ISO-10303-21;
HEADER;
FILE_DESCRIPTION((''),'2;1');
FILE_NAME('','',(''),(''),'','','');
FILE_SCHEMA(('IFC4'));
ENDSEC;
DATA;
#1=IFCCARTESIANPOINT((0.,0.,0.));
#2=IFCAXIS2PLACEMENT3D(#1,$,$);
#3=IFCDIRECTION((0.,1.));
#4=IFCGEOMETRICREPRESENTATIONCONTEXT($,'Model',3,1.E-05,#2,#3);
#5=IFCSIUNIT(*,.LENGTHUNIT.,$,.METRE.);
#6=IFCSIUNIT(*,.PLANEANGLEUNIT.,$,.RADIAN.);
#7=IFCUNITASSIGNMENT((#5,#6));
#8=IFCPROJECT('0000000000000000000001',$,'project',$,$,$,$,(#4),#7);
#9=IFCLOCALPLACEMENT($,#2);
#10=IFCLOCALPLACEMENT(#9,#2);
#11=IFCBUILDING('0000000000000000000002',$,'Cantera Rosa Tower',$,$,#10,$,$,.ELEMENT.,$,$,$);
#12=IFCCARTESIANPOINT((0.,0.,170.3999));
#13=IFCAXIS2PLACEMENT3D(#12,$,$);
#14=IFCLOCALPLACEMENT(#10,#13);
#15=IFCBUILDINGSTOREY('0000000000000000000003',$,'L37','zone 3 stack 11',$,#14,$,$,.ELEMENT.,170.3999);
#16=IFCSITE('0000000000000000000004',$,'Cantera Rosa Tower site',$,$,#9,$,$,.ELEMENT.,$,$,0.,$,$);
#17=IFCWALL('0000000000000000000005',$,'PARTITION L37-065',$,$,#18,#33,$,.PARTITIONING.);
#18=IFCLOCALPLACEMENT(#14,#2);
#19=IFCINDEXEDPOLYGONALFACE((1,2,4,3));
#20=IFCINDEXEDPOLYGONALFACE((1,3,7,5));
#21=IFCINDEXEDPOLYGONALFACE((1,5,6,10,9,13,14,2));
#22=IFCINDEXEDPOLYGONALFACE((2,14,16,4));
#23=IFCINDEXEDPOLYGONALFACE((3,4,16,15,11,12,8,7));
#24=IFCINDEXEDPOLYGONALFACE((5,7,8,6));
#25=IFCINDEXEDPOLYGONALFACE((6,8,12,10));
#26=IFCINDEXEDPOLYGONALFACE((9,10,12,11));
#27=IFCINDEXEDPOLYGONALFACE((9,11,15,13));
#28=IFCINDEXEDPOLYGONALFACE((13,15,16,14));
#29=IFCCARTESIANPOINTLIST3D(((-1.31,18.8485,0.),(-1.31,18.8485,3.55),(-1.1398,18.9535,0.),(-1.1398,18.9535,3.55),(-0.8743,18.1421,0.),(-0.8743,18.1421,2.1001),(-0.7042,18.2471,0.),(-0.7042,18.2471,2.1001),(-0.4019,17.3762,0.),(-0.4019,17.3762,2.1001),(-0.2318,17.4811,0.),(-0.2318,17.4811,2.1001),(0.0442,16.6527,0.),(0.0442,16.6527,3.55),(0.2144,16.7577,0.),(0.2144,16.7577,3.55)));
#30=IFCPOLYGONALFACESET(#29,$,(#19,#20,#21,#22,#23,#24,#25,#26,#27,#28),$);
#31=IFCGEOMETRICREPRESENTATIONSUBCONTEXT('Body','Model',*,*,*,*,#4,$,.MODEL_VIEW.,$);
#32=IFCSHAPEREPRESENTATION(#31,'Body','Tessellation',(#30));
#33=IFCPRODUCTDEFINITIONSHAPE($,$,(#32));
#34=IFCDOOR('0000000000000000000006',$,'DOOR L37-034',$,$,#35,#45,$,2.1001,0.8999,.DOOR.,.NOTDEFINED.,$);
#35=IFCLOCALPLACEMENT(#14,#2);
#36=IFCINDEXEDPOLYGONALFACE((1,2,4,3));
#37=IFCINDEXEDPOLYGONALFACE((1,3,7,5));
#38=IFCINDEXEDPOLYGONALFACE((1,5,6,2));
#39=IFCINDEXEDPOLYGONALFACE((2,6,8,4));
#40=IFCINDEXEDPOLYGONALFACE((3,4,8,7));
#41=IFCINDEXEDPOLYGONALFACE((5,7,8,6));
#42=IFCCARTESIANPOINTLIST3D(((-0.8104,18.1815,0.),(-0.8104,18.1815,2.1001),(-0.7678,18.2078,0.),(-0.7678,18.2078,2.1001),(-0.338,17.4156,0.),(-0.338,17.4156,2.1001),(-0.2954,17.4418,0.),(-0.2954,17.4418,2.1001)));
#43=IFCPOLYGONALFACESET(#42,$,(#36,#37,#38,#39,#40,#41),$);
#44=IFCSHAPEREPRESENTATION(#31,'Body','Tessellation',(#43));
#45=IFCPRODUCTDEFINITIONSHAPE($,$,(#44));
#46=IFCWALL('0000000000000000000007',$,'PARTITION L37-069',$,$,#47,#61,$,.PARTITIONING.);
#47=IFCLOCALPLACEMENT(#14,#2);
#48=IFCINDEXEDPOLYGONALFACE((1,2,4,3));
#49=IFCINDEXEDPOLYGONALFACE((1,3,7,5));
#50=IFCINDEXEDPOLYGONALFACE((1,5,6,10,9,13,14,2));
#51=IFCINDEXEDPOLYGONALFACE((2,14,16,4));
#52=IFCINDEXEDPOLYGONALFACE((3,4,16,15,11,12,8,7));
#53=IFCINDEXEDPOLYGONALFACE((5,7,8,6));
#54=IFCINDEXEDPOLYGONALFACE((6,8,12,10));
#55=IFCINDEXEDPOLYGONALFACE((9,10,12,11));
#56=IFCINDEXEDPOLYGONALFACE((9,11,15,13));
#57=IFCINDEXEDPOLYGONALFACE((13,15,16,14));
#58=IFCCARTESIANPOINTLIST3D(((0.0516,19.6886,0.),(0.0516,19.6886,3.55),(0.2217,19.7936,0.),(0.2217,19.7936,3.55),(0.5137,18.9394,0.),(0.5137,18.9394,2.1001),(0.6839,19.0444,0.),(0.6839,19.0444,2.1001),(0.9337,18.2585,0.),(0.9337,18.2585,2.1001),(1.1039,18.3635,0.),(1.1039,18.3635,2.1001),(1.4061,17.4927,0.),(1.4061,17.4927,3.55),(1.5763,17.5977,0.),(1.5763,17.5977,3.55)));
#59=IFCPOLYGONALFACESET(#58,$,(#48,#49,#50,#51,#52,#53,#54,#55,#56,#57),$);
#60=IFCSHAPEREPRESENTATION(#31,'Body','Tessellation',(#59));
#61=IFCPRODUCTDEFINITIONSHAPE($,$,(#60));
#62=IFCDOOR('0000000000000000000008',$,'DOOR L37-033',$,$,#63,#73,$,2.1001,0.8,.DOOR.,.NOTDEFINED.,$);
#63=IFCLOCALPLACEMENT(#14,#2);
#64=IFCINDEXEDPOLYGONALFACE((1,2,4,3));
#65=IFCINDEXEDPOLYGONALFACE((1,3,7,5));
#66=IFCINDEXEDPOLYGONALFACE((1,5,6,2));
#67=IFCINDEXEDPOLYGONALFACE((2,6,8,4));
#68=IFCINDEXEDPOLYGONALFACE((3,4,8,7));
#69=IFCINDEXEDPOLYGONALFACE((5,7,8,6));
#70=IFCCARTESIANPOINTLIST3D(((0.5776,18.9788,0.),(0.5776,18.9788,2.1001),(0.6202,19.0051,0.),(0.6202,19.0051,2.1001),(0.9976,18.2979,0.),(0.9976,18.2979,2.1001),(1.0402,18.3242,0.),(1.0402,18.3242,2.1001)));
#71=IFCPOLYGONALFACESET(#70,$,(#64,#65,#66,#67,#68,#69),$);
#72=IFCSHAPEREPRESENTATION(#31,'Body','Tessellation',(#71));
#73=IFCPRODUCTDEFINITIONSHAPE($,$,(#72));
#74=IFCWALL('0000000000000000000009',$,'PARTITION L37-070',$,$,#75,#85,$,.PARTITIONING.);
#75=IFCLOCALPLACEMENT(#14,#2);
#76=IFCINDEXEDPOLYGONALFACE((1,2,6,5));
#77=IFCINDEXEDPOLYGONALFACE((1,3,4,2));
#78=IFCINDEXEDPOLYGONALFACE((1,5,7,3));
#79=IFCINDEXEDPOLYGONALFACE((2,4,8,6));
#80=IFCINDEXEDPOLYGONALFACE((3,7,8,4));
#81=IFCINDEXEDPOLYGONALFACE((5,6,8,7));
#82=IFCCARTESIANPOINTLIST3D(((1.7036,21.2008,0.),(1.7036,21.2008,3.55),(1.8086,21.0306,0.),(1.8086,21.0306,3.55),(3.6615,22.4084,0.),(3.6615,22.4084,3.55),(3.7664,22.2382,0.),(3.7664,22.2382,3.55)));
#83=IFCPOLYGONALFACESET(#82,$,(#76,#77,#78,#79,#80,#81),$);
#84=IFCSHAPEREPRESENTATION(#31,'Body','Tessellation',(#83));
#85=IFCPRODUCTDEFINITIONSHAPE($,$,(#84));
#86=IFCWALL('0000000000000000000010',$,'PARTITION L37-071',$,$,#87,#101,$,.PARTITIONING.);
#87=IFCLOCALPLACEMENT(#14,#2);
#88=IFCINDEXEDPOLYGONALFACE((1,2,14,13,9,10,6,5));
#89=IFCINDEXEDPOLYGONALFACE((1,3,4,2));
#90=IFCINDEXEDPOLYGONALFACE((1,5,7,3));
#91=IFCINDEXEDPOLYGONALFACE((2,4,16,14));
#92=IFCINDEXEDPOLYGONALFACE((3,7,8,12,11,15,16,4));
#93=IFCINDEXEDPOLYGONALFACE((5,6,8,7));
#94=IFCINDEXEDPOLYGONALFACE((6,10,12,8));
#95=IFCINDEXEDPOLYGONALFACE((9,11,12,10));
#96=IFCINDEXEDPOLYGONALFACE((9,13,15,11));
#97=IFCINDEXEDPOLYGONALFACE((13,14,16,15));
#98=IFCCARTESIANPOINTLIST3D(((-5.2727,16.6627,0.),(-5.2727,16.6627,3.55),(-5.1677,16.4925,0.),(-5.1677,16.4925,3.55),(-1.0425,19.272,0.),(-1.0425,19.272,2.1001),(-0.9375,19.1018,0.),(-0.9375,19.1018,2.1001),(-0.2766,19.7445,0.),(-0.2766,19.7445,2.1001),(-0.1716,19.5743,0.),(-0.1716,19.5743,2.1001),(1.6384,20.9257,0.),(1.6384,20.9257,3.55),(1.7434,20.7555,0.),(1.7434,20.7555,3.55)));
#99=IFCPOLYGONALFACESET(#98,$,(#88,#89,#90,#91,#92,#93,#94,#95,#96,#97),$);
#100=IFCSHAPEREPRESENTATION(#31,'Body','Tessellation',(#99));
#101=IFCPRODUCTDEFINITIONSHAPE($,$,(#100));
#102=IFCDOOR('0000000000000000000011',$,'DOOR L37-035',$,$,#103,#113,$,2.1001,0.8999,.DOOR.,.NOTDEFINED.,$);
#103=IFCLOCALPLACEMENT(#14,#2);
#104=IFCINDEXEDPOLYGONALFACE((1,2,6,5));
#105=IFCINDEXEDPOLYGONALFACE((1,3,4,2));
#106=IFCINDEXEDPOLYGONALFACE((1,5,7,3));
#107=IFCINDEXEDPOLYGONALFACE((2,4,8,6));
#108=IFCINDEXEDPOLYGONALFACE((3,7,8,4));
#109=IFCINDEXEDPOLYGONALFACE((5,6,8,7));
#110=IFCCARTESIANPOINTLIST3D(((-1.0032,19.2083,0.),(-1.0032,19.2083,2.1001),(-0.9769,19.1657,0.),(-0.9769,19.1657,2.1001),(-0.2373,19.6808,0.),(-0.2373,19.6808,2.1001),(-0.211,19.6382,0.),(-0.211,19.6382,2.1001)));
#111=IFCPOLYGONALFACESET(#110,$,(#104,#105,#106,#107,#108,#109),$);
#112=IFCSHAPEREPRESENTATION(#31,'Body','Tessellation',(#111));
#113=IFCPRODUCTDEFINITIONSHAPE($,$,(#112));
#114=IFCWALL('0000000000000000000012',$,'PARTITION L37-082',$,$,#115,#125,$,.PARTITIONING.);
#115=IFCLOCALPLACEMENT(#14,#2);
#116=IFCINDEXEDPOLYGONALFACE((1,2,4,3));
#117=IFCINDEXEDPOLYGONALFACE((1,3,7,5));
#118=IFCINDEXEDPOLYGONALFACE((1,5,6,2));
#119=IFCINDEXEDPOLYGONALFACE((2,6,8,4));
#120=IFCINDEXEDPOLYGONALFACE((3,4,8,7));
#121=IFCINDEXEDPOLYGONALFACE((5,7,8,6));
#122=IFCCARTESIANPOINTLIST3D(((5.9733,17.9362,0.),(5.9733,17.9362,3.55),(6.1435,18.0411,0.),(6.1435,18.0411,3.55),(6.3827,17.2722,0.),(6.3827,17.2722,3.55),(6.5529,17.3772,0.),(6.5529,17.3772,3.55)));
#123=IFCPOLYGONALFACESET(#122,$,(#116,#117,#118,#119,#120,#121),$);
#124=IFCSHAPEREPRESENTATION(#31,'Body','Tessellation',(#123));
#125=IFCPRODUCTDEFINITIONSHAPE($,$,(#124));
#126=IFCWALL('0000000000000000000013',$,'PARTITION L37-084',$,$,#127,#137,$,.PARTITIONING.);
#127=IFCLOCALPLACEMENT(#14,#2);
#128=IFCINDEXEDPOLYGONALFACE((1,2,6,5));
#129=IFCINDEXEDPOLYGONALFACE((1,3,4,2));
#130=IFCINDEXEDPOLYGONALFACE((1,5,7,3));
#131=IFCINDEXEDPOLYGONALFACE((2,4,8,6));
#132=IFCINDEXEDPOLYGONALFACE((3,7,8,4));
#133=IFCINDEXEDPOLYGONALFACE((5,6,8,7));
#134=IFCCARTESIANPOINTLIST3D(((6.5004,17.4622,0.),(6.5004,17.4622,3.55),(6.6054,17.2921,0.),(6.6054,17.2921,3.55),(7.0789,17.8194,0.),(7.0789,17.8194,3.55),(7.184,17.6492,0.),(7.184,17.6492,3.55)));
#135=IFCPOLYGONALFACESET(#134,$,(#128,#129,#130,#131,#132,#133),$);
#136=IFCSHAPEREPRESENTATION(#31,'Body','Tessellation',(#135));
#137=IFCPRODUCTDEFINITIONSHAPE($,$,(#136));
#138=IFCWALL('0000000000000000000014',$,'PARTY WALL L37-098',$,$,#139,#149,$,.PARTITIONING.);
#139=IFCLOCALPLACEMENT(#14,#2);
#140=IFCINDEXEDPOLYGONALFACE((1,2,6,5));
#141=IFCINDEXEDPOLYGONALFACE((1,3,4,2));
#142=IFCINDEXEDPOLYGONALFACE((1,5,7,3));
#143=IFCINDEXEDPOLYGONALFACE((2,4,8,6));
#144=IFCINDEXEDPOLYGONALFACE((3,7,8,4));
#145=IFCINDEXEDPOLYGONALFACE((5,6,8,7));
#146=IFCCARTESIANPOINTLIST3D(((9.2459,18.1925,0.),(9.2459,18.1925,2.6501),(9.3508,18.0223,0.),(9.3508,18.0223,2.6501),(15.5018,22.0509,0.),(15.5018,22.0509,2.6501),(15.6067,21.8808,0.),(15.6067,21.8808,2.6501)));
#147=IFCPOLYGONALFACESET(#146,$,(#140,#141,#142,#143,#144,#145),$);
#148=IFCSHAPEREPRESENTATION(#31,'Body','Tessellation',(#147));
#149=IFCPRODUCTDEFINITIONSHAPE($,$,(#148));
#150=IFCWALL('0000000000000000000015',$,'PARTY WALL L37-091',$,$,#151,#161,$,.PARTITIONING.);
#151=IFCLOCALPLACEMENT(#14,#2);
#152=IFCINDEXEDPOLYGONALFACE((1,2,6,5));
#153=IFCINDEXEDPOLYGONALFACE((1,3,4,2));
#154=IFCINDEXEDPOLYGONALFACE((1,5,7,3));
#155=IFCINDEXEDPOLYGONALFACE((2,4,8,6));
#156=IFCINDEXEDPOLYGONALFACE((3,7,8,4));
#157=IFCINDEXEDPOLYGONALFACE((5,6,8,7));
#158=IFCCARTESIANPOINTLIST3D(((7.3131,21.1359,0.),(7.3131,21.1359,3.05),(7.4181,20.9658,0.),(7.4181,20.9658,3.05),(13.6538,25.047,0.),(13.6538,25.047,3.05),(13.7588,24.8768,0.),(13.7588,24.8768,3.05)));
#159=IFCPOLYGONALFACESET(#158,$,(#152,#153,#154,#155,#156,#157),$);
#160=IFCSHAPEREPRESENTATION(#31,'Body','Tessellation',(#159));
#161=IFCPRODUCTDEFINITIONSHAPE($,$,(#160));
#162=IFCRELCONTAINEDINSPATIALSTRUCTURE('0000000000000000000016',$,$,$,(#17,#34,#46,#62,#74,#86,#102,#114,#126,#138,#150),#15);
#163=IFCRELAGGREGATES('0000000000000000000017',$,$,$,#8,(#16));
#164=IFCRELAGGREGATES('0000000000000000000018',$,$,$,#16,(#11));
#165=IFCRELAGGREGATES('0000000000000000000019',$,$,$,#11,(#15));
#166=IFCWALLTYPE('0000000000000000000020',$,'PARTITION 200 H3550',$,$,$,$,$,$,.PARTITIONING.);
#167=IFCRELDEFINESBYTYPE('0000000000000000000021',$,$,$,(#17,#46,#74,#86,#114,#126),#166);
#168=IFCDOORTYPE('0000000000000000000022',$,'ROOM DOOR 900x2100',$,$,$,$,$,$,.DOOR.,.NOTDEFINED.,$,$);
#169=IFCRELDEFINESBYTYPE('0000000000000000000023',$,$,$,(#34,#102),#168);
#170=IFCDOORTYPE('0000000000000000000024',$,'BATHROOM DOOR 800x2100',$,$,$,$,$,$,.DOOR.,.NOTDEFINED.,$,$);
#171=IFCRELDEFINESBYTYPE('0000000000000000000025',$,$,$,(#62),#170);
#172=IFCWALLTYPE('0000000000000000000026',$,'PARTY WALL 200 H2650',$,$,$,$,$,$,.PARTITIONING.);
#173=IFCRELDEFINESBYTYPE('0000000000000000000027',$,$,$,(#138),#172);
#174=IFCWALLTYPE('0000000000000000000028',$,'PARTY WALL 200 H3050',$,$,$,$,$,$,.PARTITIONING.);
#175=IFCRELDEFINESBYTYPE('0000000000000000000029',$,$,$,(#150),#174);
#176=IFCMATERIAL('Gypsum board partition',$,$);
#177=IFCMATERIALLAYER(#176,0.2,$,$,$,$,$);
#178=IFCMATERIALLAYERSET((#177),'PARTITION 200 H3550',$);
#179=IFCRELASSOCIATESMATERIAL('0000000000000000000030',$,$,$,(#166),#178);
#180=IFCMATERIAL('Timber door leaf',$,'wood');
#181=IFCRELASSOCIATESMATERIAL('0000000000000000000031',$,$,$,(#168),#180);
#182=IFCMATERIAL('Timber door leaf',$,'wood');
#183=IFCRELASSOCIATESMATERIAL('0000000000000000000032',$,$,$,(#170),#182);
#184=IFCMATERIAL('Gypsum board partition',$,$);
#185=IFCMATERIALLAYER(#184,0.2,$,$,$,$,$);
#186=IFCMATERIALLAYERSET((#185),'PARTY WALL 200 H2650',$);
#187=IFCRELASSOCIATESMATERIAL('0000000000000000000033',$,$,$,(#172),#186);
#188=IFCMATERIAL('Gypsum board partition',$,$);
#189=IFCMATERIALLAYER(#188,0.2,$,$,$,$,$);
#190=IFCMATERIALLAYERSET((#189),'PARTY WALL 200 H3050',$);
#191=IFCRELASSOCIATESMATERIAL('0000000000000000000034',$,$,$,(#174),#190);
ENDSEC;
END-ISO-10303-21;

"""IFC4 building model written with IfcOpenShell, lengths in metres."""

from ifc_helpers import new_model, si_unit, direction, frame, frame_2d, origin, place, context, subcontext, project, spatial, rectangle, extrude, material, layer, layer_set, type_object, element, fill, save


model = new_model("IFC4")

# Units and contexts
model_context = context("Model", 3, precision=1e-05, world=origin(), true_north=direction((0.0, 1.0)))
body_context = subcontext(model_context, "Body", "Model", "MODEL_VIEW")
ifc_project = project(units=[si_unit("LENGTHUNIT", "METRE"), si_unit("PLANEANGLEUNIT", "RADIAN")], contexts=[model_context])

# Site, building, storey
site_placement = place(None, origin())
site = spatial("IfcSite", under=ifc_project, at=site_placement, Name="Cantera Rosa Tower site", CompositionType="ELEMENT", RefElevation=0.0)
building_placement = place(site_placement, origin())
building = spatial("IfcBuilding", under=site, at=building_placement, Name="Cantera Rosa Tower", CompositionType="ELEMENT")
storey_placement = place(building_placement, frame((0.0, 0.0, 170.3999)))
storey = spatial("IfcBuildingStorey", under=building, at=storey_placement, Name="L37", Description="zone 3 stack 11", CompositionType="ELEMENT", Elevation=170.3999)

# Walls, openings, doors
ifc_material_1 = material(Name="Gypsum board partition")
ifc_layer_1 = layer(ifc_material_1, 0.2)
ifc_layer_set_1 = layer_set([ifc_layer_1], Name="PARTITION 200 H3550")
wall_type_1 = type_object("IfcWallType", Name="PARTITION 200 H3550", PredefinedType="PARTITIONING", material=ifc_layer_set_1)
wall_1_placement = place(storey_placement, frame((0.1294, 16.7051, 0.0), z_axis=(0.0, 0.0, 1.0), x_axis=(-0.524937, 0.851141, 0.0)))
wall_1 = element("IfcWall", 1, at=wall_1_placement, inside=storey, type_object=wall_type_1, Name="PARTITION L37-065", PredefinedType="PARTITIONING", context=body_context, shape_type="SweptSolid", body=[
    extrude(rectangle(XDim=2.5798, YDim=0.2, at=frame_2d((1.29, 0.0))), origin(), (0.0, 0.0, 1.0), 3.55),
])
opening_1_placement = place(wall_1_placement, frame((0.8501, 0.0, 0.0)))
opening_1 = element("IfcOpeningElement", 2, at=opening_1_placement, cuts=wall_1, PredefinedType="OPENING", context=body_context, shape_type="SweptSolid", body=[
    extrude(rectangle(XDim=0.8999, YDim=2.1001, at=frame_2d((0.45, 1.05))), frame((0.0, 0.1099, 0.0), z_axis=(0.0, -1.0, 0.0), x_axis=(1.0, 0.0, 0.0)), (0.0, 0.0, 1.0), 0.22),
])
ifc_material_2 = material(Name="Timber door leaf", Category="wood")
door_type_1 = type_object("IfcDoorType", Name="ROOM DOOR 900x2100", OperationType="NOTDEFINED", PredefinedType="DOOR", material=ifc_material_2)
door_1_placement = place(opening_1_placement, origin())
door_1 = element("IfcDoor", 3, at=door_1_placement, inside=storey, type_object=door_type_1, Name="DOOR L37-034", OperationType="NOTDEFINED", OverallHeight=2.1001, OverallWidth=0.8999, PredefinedType="DOOR", context=body_context, shape_type="SweptSolid", body=[
    extrude(rectangle(XDim=0.8999, YDim=2.1001, at=frame_2d((0.45, 1.05))), frame((0.0, 0.0249, 0.0), z_axis=(0.0, -1.0, 0.0), x_axis=(1.0, 0.0, 0.0)), (0.0, 0.0, 1.0), 0.05),
])
fill(opening_1, door_1)
wall_2_placement = place(storey_placement, frame((1.4912, 17.5452, 0.0), z_axis=(0.0, 0.0, 1.0), x_axis=(-0.525005, 0.851099, 0.0)))
wall_2 = element("IfcWall", 4, at=wall_2_placement, inside=storey, type_object=wall_type_1, Name="PARTITION L37-069", PredefinedType="PARTITIONING", context=body_context, shape_type="SweptSolid", body=[
    extrude(rectangle(XDim=2.5801, YDim=0.2, at=frame_2d((1.29, 0.0))), origin(), (0.0, 0.0, 1.0), 3.55),
])
opening_2_placement = place(wall_2_placement, frame((0.8999, 0.0, 0.0)))
opening_2 = element("IfcOpeningElement", 5, at=opening_2_placement, cuts=wall_2, PredefinedType="OPENING", context=body_context, shape_type="SweptSolid", body=[
    extrude(rectangle(XDim=0.8, YDim=2.1001, at=frame_2d((0.3999, 1.05))), frame((0.0, 0.1099, 0.0), z_axis=(0.0, -1.0, 0.0), x_axis=(1.0, 0.0, 0.0)), (0.0, 0.0, 1.0), 0.22),
])
ifc_material_3 = material(Name="Timber door leaf", Category="wood")
door_type_2 = type_object("IfcDoorType", Name="BATHROOM DOOR 800x2100", OperationType="NOTDEFINED", PredefinedType="DOOR", material=ifc_material_3)
door_2_placement = place(opening_2_placement, origin())
door_2 = element("IfcDoor", 6, at=door_2_placement, inside=storey, type_object=door_type_2, Name="DOOR L37-033", OperationType="NOTDEFINED", OverallHeight=2.1001, OverallWidth=0.8, PredefinedType="DOOR", context=body_context, shape_type="SweptSolid", body=[
    extrude(rectangle(XDim=0.8, YDim=2.1001, at=frame_2d((0.3999, 1.05))), frame((0.0, 0.0249, 0.0), z_axis=(0.0, -1.0, 0.0), x_axis=(1.0, 0.0, 0.0)), (0.0, 0.0, 1.0), 0.05),
])
fill(opening_2, door_2)

# Wall
wall_3_placement = place(storey_placement, frame((1.7561, 21.1157, 0.0), z_axis=(0.0, 0.0, 1.0), x_axis=(0.851126, 0.524962, 0.0)))
element("IfcWall", 7, at=wall_3_placement, inside=storey, type_object=wall_type_1, Name="PARTITION L37-070", PredefinedType="PARTITIONING", context=body_context, shape_type="SweptSolid", body=[
    extrude(rectangle(XDim=2.3003, YDim=0.2, at=frame_2d((1.1501, 0.0))), origin(), (0.0, 0.0, 1.0), 3.55),
])

# Wall, opening, door
wall_4_placement = place(storey_placement, frame((1.6909, 20.8406, 0.0), z_axis=(0.0, 0.0, 1.0), x_axis=(-0.851112, -0.524985, 0.0)))
wall_4 = element("IfcWall", 8, at=wall_4_placement, inside=storey, type_object=wall_type_1, Name="PARTITION L37-071", PredefinedType="PARTITIONING", context=body_context, shape_type="SweptSolid", body=[
    extrude(rectangle(XDim=8.1201, YDim=0.2, at=frame_2d((4.0601, 0.0))), origin(), (0.0, 0.0, 1.0), 3.55),
])
opening_3_placement = place(wall_4_placement, frame((2.25, 0.0, 0.0)))
opening_3 = element("IfcOpeningElement", 9, at=opening_3_placement, cuts=wall_4, PredefinedType="OPENING", context=body_context, shape_type="SweptSolid", body=[
    extrude(rectangle(XDim=0.8999, YDim=2.1001, at=frame_2d((0.45, 1.05))), frame((0.0, 0.1099, 0.0), z_axis=(0.0, -1.0, 0.0), x_axis=(1.0, 0.0, 0.0)), (0.0, 0.0, 1.0), 0.22),
])
door_3_placement = place(opening_3_placement, origin())
door_3 = element("IfcDoor", 10, at=door_3_placement, inside=storey, type_object=door_type_1, Name="DOOR L37-035", OperationType="NOTDEFINED", OverallHeight=2.1001, OverallWidth=0.8999, PredefinedType="DOOR", context=body_context, shape_type="SweptSolid", body=[
    extrude(rectangle(XDim=0.8999, YDim=2.1001, at=frame_2d((0.45, 1.05))), frame((0.0, 0.0249, 0.0), z_axis=(0.0, -1.0, 0.0), x_axis=(1.0, 0.0, 0.0)), (0.0, 0.0, 1.0), 0.05),
])
fill(opening_3, door_3)

# Walls
wall_5_placement = place(storey_placement, frame((6.0583, 17.9888, 0.0), z_axis=(0.0, 0.0, 1.0), x_axis=(0.524813, -0.851217, 0.0)))
element("IfcWall", 11, at=wall_5_placement, inside=storey, type_object=wall_type_1, Name="PARTITION L37-082", PredefinedType="PARTITIONING", context=body_context, shape_type="SweptSolid", body=[
    extrude(rectangle(XDim=0.78, YDim=0.2, at=frame_2d((0.3901, 0.0))), origin(), (0.0, 0.0, 1.0), 3.55),
])
wall_6_placement = place(storey_placement, frame((6.553, 17.3772, 0.0), z_axis=(0.0, 0.0, 1.0), x_axis=(0.85093, 0.525279, 0.0)))
element("IfcWall", 12, at=wall_6_placement, inside=storey, type_object=wall_type_1, Name="PARTITION L37-084", PredefinedType="PARTITIONING", context=body_context, shape_type="SweptSolid", body=[
    extrude(rectangle(XDim=0.6799, YDim=0.2, at=frame_2d((0.3398, 0.0))), origin(), (0.0, 0.0, 1.0), 3.55),
])
ifc_material_4 = material(Name="Gypsum board partition")
ifc_layer_2 = layer(ifc_material_4, 0.2)
ifc_layer_set_2 = layer_set([ifc_layer_2], Name="PARTY WALL 200 H2650")
wall_type_2 = type_object("IfcWallType", Name="PARTY WALL 200 H2650", PredefinedType="PARTITIONING", material=ifc_layer_set_2)
wall_7_placement = place(storey_placement, frame((9.2983, 18.1074, 0.0), z_axis=(0.0, 0.0, 1.0), x_axis=(0.851133, 0.52495, 0.0)))
element("IfcWall", 13, at=wall_7_placement, inside=storey, type_object=wall_type_2, Name="PARTY WALL L37-098", PredefinedType="PARTITIONING", context=body_context, shape_type="SweptSolid", body=[
    extrude(rectangle(XDim=7.3501, YDim=0.2, at=frame_2d((3.675, 0.0))), origin(), (0.0, 0.0, 1.0), 2.6501),
])
ifc_material_5 = material(Name="Gypsum board partition")
ifc_layer_3 = layer(ifc_material_5, 0.2)
ifc_layer_set_3 = layer_set([ifc_layer_3], Name="PARTY WALL 200 H3050")
wall_type_3 = type_object("IfcWallType", Name="PARTY WALL 200 H3050", PredefinedType="PARTITIONING", material=ifc_layer_set_3)
wall_8_placement = place(storey_placement, frame((7.3655, 21.0508, 0.0), z_axis=(0.0, 0.0, 1.0), x_axis=(0.851113, 0.524982, 0.0)))
element("IfcWall", 14, at=wall_8_placement, inside=storey, type_object=wall_type_3, Name="PARTY WALL L37-091", PredefinedType="PARTITIONING", context=body_context, shape_type="SweptSolid", body=[
    extrude(rectangle(XDim=7.45, YDim=0.2, at=frame_2d((3.7251, 0.0))), origin(), (0.0, 0.0, 1.0), 3.05),
])

save(model, "model.ifc")
